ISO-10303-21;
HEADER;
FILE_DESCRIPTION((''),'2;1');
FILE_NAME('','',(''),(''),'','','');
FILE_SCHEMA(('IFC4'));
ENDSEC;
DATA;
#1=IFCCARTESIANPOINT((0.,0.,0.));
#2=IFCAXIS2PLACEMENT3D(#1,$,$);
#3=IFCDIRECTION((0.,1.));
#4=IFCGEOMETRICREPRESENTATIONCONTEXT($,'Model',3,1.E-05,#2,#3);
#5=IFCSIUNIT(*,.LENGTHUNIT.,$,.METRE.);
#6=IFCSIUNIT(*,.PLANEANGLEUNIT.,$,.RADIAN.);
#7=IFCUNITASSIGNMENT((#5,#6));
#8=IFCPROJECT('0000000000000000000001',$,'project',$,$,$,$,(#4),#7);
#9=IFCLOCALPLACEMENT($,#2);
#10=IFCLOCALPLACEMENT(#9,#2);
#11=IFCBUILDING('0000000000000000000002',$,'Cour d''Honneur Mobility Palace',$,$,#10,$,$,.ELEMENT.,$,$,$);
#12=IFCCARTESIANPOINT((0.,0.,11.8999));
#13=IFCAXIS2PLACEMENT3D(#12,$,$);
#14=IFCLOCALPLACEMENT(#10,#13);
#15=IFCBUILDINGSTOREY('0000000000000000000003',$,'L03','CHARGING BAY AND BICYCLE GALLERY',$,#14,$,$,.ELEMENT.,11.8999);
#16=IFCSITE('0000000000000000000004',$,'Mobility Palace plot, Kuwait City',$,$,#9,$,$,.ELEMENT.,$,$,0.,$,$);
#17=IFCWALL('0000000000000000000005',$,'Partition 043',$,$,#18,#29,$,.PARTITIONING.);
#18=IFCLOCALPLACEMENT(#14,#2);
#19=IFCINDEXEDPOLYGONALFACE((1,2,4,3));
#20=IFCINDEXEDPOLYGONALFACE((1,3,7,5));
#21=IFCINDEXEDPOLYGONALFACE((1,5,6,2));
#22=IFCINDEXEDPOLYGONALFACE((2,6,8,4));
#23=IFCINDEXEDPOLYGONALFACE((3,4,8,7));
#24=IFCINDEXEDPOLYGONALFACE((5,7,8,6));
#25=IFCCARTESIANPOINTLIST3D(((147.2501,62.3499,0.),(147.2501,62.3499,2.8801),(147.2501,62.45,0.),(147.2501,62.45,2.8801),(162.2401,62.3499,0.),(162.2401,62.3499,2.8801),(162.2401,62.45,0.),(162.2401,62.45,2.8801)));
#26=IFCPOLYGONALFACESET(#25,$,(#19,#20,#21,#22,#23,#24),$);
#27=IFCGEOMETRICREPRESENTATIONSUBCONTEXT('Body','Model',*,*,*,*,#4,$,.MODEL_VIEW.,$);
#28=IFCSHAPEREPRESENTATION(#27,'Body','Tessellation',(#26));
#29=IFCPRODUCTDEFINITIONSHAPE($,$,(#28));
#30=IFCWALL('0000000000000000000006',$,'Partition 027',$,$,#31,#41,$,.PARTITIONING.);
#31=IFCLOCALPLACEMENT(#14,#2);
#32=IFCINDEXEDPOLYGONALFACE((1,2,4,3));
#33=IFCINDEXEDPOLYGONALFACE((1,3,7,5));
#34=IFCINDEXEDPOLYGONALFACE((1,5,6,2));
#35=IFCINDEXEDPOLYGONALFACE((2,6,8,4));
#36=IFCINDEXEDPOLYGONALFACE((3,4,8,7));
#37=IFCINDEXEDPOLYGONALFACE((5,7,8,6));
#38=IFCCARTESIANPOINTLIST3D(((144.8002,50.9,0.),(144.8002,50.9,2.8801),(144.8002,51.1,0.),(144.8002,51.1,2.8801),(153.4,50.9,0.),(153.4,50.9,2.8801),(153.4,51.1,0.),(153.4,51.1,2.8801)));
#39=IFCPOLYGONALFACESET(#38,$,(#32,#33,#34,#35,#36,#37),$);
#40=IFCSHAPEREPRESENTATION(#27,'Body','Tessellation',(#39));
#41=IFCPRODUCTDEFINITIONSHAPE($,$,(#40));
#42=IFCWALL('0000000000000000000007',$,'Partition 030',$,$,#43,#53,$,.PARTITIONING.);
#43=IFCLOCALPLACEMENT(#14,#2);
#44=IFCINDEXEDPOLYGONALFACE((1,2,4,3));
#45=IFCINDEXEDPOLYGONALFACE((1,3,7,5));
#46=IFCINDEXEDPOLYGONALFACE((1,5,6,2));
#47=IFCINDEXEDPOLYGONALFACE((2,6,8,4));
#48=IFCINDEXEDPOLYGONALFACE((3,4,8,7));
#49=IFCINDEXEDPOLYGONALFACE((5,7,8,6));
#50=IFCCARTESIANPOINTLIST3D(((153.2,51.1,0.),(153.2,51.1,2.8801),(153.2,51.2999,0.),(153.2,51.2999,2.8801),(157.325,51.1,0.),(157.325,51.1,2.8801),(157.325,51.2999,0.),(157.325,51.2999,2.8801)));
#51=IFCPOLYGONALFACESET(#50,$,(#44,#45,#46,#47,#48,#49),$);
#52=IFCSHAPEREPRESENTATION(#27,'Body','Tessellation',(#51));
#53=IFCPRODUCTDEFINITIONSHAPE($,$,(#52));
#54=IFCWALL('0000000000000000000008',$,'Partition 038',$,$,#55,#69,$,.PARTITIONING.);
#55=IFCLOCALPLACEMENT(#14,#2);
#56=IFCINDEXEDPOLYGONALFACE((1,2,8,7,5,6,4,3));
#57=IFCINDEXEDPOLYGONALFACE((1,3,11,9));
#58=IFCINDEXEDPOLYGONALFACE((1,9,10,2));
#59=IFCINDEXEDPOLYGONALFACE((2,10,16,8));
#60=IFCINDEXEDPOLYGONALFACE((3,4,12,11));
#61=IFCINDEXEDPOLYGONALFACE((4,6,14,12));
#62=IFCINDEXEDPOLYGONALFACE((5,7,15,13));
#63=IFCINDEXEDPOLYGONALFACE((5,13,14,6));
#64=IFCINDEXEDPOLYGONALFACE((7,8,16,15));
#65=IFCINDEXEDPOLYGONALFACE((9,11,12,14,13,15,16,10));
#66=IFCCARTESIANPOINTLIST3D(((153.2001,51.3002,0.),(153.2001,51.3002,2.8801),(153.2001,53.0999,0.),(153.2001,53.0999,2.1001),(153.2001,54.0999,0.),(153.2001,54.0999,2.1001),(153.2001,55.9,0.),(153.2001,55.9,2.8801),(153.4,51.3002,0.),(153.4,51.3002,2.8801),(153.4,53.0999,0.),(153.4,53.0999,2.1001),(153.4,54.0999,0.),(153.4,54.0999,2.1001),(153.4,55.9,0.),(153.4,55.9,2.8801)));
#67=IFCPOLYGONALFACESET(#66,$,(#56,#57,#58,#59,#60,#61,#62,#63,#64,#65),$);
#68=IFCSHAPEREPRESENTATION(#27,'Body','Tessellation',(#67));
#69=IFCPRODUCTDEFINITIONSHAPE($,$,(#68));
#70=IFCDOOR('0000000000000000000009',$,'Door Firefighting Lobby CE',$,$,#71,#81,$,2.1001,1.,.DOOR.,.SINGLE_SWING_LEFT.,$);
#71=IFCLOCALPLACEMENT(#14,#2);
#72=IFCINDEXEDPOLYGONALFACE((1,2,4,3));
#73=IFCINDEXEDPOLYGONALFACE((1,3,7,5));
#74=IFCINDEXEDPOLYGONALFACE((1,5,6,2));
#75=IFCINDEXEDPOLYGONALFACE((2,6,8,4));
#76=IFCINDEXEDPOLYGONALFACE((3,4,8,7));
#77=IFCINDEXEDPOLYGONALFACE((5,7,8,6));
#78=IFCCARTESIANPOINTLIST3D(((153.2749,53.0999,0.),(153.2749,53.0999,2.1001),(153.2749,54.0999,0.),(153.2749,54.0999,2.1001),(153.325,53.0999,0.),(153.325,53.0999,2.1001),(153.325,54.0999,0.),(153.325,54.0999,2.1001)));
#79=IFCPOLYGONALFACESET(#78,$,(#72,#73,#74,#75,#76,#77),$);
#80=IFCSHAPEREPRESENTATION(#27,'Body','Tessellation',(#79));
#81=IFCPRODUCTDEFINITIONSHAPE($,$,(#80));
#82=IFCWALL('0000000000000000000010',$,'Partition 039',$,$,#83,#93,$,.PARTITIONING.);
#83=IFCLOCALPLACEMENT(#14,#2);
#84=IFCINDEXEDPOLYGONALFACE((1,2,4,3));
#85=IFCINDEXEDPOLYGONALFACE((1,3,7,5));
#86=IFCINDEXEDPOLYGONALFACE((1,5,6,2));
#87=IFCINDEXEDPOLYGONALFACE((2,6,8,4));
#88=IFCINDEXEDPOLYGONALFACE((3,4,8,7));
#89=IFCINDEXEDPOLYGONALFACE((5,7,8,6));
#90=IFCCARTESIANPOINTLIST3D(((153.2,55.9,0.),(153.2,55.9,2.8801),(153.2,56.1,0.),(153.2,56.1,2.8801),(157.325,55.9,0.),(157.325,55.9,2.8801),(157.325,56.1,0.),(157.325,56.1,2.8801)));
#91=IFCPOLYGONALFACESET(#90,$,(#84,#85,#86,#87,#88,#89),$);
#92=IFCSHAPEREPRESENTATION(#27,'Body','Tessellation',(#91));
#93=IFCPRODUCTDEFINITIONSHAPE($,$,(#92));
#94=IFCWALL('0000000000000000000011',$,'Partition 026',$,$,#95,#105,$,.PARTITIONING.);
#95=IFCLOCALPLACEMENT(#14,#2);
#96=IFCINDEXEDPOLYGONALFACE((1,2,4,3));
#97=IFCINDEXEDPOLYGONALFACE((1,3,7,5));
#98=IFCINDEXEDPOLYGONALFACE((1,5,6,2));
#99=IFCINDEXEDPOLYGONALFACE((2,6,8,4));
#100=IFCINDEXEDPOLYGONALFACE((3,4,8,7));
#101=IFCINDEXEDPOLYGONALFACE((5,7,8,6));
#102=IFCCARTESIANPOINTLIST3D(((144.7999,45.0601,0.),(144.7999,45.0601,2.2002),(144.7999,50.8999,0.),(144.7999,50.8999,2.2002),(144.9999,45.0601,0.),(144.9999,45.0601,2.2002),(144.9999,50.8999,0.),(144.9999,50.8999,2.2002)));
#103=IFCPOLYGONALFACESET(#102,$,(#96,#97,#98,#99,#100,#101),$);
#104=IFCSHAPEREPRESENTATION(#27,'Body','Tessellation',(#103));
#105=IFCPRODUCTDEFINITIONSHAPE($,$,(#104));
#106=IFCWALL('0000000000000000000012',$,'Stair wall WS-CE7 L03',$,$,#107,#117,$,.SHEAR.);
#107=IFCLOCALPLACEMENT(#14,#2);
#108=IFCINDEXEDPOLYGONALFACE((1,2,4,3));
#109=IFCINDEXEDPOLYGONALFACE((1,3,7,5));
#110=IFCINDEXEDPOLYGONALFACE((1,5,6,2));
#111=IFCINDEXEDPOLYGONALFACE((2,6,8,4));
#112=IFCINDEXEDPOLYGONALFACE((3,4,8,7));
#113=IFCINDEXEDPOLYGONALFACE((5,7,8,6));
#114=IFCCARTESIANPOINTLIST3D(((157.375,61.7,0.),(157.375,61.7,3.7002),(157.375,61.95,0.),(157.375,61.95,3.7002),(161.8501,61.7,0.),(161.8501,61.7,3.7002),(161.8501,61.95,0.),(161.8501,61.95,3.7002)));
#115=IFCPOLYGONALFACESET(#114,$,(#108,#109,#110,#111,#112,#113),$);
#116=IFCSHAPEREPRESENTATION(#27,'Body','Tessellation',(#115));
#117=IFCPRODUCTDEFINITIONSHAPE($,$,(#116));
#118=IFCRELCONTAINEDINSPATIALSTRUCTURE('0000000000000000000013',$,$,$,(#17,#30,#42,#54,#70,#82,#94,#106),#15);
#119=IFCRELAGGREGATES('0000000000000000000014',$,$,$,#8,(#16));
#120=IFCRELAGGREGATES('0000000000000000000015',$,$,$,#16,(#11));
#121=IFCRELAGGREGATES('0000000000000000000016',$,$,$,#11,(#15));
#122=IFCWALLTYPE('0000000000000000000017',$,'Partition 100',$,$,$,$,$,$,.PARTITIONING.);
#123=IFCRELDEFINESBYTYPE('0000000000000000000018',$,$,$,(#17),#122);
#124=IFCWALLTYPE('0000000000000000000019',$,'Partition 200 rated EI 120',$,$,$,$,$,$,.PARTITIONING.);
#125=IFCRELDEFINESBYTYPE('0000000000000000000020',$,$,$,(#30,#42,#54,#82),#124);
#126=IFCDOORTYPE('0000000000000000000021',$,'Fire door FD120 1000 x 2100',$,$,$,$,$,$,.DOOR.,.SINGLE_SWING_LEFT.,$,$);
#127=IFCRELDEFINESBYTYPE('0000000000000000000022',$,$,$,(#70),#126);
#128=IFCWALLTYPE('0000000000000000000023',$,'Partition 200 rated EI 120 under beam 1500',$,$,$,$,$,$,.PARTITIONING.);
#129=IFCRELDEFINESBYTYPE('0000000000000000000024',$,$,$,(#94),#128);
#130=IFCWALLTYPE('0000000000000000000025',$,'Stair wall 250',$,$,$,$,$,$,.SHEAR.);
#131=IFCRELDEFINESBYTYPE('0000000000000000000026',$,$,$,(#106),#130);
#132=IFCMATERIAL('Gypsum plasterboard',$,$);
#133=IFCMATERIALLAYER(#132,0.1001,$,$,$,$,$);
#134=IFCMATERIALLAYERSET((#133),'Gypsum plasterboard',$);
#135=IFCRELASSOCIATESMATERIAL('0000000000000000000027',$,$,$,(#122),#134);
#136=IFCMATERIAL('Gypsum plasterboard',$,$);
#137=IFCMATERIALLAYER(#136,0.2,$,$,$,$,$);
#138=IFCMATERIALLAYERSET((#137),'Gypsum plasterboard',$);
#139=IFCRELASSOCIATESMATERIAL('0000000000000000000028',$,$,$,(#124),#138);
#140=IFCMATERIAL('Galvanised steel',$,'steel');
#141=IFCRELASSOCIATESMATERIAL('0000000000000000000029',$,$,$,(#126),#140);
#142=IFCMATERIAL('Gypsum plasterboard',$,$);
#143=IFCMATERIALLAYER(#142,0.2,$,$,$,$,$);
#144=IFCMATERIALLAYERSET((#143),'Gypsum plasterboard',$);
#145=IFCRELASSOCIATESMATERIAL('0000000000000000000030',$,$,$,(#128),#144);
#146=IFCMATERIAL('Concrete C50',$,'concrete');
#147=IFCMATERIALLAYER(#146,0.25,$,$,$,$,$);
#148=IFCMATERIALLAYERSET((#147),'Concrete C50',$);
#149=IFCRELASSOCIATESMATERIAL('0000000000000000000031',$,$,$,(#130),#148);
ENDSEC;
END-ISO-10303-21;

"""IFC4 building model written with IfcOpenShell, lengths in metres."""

from ifc_helpers import new_model, si_unit, direction, frame, frame_2d, origin, place, context, subcontext, project, spatial, rectangle, extrude, material, layer, layer_set, type_object, element, fill, save


model = new_model("IFC4")

# Units and contexts
model_context = context("Model", 3, precision=1e-05, world=origin(), true_north=direction((0.0, 1.0)))
body_context = subcontext(model_context, "Body", "Model", "MODEL_VIEW")
ifc_project = project(units=[si_unit("LENGTHUNIT", "METRE"), si_unit("PLANEANGLEUNIT", "RADIAN")], contexts=[model_context])

# Site, building, storey
site_placement = place(None, origin())
site = spatial("IfcSite", under=ifc_project, at=site_placement, Name="Mobility Palace plot, Kuwait City", CompositionType="ELEMENT", RefElevation=0.0)
building_placement = place(site_placement, origin())
building = spatial("IfcBuilding", under=site, at=building_placement, Name="Cour d'Honneur Mobility Palace", CompositionType="ELEMENT")
storey_placement = place(building_placement, frame((0.0, 0.0, 11.8999)))
storey = spatial("IfcBuildingStorey", under=building, at=storey_placement, Name="L03", Description="CHARGING BAY AND BICYCLE GALLERY", CompositionType="ELEMENT", Elevation=11.8999)

# Walls
ifc_material_1 = material(Name="Gypsum plasterboard")
ifc_layer_1 = layer(ifc_material_1, 0.1001)
ifc_layer_set_1 = layer_set([ifc_layer_1], Name="Gypsum plasterboard")
wall_type_1 = type_object("IfcWallType", Name="Partition 100", PredefinedType="PARTITIONING", material=ifc_layer_set_1)
wall_1_placement = place(storey_placement, frame((147.25, 62.3999, 0.0), z_axis=(0.0, 0.0, 1.0), x_axis=(1.0, 0.0, 0.0)))
element("IfcWall", 1, at=wall_1_placement, inside=storey, type_object=wall_type_1, Name="Partition 043", PredefinedType="PARTITIONING", context=body_context, shape_type="SweptSolid", body=[
    extrude(rectangle(XDim=14.99, YDim=0.1001, at=frame_2d((7.4951, 0.0))), origin(), (0.0, 0.0, 1.0), 2.8801),
])
ifc_material_2 = material(Name="Gypsum plasterboard")
ifc_layer_2 = layer(ifc_material_2, 0.2)
ifc_layer_set_2 = layer_set([ifc_layer_2], Name="Gypsum plasterboard")
wall_type_2 = type_object("IfcWallType", Name="Partition 200 rated EI 120", PredefinedType="PARTITIONING", material=ifc_layer_set_2)
wall_2_placement = place(storey_placement, frame((153.3999, 51.0, 0.0), z_axis=(0.0, 0.0, 1.0), x_axis=(-1.0, 0.0, 0.0)))
element("IfcWall", 2, at=wall_2_placement, inside=storey, type_object=wall_type_2, Name="Partition 027", PredefinedType="PARTITIONING", context=body_context, shape_type="SweptSolid", body=[
    extrude(rectangle(XDim=8.5999, YDim=0.2, at=frame_2d((4.2998, 0.0))), origin(), (0.0, 0.0, 1.0), 2.8801),
])
wall_3_placement = place(storey_placement, frame((153.2, 51.2, 0.0), z_axis=(0.0, 0.0, 1.0), x_axis=(1.0, 0.0, 0.0)))
element("IfcWall", 3, at=wall_3_placement, inside=storey, type_object=wall_type_2, Name="Partition 030", PredefinedType="PARTITIONING", context=body_context, shape_type="SweptSolid", body=[
    extrude(rectangle(XDim=4.125, YDim=0.2, at=frame_2d((2.0625, 0.0))), origin(), (0.0, 0.0, 1.0), 2.8801),
])

# Wall, opening, door
wall_4_placement = place(storey_placement, frame((153.3, 55.8999, 0.0), z_axis=(0.0, 0.0, 1.0), x_axis=(0.0, -1.0, 0.0)))
wall_4 = element("IfcWall", 4, at=wall_4_placement, inside=storey, type_object=wall_type_2, Name="Partition 038", PredefinedType="PARTITIONING", context=body_context, shape_type="SweptSolid", body=[
    extrude(rectangle(XDim=4.5999, YDim=0.2, at=frame_2d((2.2998, 0.0))), origin(), (0.0, 0.0, 1.0), 2.8801),
])
opening_placement = place(wall_4_placement, frame((1.8, 0.0, 0.0)))
opening = element("IfcOpeningElement", 5, at=opening_placement, cuts=wall_4, PredefinedType="OPENING", context=body_context, shape_type="SweptSolid", body=[
    extrude(rectangle(XDim=1.0, YDim=2.1001, at=frame_2d((0.5, 1.05))), frame((0.0, 0.1099, 0.0), z_axis=(0.0, -1.0, 0.0), x_axis=(1.0, 0.0, 0.0)), (0.0, 0.0, 1.0), 0.22),
])
ifc_material_3 = material(Name="Galvanised steel", Category="steel")
door_type = type_object("IfcDoorType", Name="Fire door FD120 1000 x 2100", OperationType="SINGLE_SWING_LEFT", PredefinedType="DOOR", material=ifc_material_3)
door_placement = place(opening_placement, origin())
door = element("IfcDoor", 6, at=door_placement, inside=storey, type_object=door_type, Name="Door Firefighting Lobby CE", OperationType="SINGLE_SWING_LEFT", OverallHeight=2.1001, OverallWidth=1.0, PredefinedType="DOOR", context=body_context, shape_type="SweptSolid", body=[
    extrude(rectangle(XDim=1.0, YDim=2.1001, at=frame_2d((0.5, 1.05))), frame((0.0, 0.0249, 0.0), z_axis=(0.0, -1.0, 0.0), x_axis=(1.0, 0.0, 0.0)), (0.0, 0.0, 1.0), 0.05),
])
fill(opening, door)

# Walls
wall_5_placement = place(storey_placement, frame((157.325, 56.0, 0.0), z_axis=(0.0, 0.0, 1.0), x_axis=(-1.0, 0.0, 0.0)))
element("IfcWall", 7, at=wall_5_placement, inside=storey, type_object=wall_type_2, Name="Partition 039", PredefinedType="PARTITIONING", context=body_context, shape_type="SweptSolid", body=[
    extrude(rectangle(XDim=4.125, YDim=0.2, at=frame_2d((2.0625, 0.0))), origin(), (0.0, 0.0, 1.0), 2.8801),
])
ifc_material_4 = material(Name="Gypsum plasterboard")
ifc_layer_3 = layer(ifc_material_4, 0.2)
ifc_layer_set_3 = layer_set([ifc_layer_3], Name="Gypsum plasterboard")
wall_type_3 = type_object("IfcWallType", Name="Partition 200 rated EI 120 under beam 1500", PredefinedType="PARTITIONING", material=ifc_layer_set_3)
wall_6_placement = place(storey_placement, frame((144.8999, 50.8999, 0.0), z_axis=(0.0, 0.0, 1.0), x_axis=(0.0, -1.0, 0.0)))
element("IfcWall", 8, at=wall_6_placement, inside=storey, type_object=wall_type_3, Name="Partition 026", PredefinedType="PARTITIONING", context=body_context, shape_type="SweptSolid", body=[
    extrude(rectangle(XDim=5.8398, YDim=0.2, at=frame_2d((2.9199, 0.0))), origin(), (0.0, 0.0, 1.0), 2.2002),
])
ifc_material_5 = material(Name="Concrete C50", Category="concrete")
ifc_layer_4 = layer(ifc_material_5, 0.25)
ifc_layer_set_4 = layer_set([ifc_layer_4], Name="Concrete C50")
wall_type_4 = type_object("IfcWallType", Name="Stair wall 250", PredefinedType="SHEAR", material=ifc_layer_set_4)
wall_7_placement = place(storey_placement, frame((157.375, 61.825, 0.0), z_axis=(0.0, 0.0, 1.0), x_axis=(1.0, 0.0, 0.0)))
element("IfcWall", 9, at=wall_7_placement, inside=storey, type_object=wall_type_4, Name="Stair wall WS-CE7 L03", PredefinedType="SHEAR", context=body_context, shape_type="SweptSolid", body=[
    extrude(rectangle(XDim=4.4751, YDim=0.25, at=frame_2d((2.2375, 0.0))), origin(), (0.0, 0.0, 1.0), 3.7002),
])

save(model, "model.ifc")
